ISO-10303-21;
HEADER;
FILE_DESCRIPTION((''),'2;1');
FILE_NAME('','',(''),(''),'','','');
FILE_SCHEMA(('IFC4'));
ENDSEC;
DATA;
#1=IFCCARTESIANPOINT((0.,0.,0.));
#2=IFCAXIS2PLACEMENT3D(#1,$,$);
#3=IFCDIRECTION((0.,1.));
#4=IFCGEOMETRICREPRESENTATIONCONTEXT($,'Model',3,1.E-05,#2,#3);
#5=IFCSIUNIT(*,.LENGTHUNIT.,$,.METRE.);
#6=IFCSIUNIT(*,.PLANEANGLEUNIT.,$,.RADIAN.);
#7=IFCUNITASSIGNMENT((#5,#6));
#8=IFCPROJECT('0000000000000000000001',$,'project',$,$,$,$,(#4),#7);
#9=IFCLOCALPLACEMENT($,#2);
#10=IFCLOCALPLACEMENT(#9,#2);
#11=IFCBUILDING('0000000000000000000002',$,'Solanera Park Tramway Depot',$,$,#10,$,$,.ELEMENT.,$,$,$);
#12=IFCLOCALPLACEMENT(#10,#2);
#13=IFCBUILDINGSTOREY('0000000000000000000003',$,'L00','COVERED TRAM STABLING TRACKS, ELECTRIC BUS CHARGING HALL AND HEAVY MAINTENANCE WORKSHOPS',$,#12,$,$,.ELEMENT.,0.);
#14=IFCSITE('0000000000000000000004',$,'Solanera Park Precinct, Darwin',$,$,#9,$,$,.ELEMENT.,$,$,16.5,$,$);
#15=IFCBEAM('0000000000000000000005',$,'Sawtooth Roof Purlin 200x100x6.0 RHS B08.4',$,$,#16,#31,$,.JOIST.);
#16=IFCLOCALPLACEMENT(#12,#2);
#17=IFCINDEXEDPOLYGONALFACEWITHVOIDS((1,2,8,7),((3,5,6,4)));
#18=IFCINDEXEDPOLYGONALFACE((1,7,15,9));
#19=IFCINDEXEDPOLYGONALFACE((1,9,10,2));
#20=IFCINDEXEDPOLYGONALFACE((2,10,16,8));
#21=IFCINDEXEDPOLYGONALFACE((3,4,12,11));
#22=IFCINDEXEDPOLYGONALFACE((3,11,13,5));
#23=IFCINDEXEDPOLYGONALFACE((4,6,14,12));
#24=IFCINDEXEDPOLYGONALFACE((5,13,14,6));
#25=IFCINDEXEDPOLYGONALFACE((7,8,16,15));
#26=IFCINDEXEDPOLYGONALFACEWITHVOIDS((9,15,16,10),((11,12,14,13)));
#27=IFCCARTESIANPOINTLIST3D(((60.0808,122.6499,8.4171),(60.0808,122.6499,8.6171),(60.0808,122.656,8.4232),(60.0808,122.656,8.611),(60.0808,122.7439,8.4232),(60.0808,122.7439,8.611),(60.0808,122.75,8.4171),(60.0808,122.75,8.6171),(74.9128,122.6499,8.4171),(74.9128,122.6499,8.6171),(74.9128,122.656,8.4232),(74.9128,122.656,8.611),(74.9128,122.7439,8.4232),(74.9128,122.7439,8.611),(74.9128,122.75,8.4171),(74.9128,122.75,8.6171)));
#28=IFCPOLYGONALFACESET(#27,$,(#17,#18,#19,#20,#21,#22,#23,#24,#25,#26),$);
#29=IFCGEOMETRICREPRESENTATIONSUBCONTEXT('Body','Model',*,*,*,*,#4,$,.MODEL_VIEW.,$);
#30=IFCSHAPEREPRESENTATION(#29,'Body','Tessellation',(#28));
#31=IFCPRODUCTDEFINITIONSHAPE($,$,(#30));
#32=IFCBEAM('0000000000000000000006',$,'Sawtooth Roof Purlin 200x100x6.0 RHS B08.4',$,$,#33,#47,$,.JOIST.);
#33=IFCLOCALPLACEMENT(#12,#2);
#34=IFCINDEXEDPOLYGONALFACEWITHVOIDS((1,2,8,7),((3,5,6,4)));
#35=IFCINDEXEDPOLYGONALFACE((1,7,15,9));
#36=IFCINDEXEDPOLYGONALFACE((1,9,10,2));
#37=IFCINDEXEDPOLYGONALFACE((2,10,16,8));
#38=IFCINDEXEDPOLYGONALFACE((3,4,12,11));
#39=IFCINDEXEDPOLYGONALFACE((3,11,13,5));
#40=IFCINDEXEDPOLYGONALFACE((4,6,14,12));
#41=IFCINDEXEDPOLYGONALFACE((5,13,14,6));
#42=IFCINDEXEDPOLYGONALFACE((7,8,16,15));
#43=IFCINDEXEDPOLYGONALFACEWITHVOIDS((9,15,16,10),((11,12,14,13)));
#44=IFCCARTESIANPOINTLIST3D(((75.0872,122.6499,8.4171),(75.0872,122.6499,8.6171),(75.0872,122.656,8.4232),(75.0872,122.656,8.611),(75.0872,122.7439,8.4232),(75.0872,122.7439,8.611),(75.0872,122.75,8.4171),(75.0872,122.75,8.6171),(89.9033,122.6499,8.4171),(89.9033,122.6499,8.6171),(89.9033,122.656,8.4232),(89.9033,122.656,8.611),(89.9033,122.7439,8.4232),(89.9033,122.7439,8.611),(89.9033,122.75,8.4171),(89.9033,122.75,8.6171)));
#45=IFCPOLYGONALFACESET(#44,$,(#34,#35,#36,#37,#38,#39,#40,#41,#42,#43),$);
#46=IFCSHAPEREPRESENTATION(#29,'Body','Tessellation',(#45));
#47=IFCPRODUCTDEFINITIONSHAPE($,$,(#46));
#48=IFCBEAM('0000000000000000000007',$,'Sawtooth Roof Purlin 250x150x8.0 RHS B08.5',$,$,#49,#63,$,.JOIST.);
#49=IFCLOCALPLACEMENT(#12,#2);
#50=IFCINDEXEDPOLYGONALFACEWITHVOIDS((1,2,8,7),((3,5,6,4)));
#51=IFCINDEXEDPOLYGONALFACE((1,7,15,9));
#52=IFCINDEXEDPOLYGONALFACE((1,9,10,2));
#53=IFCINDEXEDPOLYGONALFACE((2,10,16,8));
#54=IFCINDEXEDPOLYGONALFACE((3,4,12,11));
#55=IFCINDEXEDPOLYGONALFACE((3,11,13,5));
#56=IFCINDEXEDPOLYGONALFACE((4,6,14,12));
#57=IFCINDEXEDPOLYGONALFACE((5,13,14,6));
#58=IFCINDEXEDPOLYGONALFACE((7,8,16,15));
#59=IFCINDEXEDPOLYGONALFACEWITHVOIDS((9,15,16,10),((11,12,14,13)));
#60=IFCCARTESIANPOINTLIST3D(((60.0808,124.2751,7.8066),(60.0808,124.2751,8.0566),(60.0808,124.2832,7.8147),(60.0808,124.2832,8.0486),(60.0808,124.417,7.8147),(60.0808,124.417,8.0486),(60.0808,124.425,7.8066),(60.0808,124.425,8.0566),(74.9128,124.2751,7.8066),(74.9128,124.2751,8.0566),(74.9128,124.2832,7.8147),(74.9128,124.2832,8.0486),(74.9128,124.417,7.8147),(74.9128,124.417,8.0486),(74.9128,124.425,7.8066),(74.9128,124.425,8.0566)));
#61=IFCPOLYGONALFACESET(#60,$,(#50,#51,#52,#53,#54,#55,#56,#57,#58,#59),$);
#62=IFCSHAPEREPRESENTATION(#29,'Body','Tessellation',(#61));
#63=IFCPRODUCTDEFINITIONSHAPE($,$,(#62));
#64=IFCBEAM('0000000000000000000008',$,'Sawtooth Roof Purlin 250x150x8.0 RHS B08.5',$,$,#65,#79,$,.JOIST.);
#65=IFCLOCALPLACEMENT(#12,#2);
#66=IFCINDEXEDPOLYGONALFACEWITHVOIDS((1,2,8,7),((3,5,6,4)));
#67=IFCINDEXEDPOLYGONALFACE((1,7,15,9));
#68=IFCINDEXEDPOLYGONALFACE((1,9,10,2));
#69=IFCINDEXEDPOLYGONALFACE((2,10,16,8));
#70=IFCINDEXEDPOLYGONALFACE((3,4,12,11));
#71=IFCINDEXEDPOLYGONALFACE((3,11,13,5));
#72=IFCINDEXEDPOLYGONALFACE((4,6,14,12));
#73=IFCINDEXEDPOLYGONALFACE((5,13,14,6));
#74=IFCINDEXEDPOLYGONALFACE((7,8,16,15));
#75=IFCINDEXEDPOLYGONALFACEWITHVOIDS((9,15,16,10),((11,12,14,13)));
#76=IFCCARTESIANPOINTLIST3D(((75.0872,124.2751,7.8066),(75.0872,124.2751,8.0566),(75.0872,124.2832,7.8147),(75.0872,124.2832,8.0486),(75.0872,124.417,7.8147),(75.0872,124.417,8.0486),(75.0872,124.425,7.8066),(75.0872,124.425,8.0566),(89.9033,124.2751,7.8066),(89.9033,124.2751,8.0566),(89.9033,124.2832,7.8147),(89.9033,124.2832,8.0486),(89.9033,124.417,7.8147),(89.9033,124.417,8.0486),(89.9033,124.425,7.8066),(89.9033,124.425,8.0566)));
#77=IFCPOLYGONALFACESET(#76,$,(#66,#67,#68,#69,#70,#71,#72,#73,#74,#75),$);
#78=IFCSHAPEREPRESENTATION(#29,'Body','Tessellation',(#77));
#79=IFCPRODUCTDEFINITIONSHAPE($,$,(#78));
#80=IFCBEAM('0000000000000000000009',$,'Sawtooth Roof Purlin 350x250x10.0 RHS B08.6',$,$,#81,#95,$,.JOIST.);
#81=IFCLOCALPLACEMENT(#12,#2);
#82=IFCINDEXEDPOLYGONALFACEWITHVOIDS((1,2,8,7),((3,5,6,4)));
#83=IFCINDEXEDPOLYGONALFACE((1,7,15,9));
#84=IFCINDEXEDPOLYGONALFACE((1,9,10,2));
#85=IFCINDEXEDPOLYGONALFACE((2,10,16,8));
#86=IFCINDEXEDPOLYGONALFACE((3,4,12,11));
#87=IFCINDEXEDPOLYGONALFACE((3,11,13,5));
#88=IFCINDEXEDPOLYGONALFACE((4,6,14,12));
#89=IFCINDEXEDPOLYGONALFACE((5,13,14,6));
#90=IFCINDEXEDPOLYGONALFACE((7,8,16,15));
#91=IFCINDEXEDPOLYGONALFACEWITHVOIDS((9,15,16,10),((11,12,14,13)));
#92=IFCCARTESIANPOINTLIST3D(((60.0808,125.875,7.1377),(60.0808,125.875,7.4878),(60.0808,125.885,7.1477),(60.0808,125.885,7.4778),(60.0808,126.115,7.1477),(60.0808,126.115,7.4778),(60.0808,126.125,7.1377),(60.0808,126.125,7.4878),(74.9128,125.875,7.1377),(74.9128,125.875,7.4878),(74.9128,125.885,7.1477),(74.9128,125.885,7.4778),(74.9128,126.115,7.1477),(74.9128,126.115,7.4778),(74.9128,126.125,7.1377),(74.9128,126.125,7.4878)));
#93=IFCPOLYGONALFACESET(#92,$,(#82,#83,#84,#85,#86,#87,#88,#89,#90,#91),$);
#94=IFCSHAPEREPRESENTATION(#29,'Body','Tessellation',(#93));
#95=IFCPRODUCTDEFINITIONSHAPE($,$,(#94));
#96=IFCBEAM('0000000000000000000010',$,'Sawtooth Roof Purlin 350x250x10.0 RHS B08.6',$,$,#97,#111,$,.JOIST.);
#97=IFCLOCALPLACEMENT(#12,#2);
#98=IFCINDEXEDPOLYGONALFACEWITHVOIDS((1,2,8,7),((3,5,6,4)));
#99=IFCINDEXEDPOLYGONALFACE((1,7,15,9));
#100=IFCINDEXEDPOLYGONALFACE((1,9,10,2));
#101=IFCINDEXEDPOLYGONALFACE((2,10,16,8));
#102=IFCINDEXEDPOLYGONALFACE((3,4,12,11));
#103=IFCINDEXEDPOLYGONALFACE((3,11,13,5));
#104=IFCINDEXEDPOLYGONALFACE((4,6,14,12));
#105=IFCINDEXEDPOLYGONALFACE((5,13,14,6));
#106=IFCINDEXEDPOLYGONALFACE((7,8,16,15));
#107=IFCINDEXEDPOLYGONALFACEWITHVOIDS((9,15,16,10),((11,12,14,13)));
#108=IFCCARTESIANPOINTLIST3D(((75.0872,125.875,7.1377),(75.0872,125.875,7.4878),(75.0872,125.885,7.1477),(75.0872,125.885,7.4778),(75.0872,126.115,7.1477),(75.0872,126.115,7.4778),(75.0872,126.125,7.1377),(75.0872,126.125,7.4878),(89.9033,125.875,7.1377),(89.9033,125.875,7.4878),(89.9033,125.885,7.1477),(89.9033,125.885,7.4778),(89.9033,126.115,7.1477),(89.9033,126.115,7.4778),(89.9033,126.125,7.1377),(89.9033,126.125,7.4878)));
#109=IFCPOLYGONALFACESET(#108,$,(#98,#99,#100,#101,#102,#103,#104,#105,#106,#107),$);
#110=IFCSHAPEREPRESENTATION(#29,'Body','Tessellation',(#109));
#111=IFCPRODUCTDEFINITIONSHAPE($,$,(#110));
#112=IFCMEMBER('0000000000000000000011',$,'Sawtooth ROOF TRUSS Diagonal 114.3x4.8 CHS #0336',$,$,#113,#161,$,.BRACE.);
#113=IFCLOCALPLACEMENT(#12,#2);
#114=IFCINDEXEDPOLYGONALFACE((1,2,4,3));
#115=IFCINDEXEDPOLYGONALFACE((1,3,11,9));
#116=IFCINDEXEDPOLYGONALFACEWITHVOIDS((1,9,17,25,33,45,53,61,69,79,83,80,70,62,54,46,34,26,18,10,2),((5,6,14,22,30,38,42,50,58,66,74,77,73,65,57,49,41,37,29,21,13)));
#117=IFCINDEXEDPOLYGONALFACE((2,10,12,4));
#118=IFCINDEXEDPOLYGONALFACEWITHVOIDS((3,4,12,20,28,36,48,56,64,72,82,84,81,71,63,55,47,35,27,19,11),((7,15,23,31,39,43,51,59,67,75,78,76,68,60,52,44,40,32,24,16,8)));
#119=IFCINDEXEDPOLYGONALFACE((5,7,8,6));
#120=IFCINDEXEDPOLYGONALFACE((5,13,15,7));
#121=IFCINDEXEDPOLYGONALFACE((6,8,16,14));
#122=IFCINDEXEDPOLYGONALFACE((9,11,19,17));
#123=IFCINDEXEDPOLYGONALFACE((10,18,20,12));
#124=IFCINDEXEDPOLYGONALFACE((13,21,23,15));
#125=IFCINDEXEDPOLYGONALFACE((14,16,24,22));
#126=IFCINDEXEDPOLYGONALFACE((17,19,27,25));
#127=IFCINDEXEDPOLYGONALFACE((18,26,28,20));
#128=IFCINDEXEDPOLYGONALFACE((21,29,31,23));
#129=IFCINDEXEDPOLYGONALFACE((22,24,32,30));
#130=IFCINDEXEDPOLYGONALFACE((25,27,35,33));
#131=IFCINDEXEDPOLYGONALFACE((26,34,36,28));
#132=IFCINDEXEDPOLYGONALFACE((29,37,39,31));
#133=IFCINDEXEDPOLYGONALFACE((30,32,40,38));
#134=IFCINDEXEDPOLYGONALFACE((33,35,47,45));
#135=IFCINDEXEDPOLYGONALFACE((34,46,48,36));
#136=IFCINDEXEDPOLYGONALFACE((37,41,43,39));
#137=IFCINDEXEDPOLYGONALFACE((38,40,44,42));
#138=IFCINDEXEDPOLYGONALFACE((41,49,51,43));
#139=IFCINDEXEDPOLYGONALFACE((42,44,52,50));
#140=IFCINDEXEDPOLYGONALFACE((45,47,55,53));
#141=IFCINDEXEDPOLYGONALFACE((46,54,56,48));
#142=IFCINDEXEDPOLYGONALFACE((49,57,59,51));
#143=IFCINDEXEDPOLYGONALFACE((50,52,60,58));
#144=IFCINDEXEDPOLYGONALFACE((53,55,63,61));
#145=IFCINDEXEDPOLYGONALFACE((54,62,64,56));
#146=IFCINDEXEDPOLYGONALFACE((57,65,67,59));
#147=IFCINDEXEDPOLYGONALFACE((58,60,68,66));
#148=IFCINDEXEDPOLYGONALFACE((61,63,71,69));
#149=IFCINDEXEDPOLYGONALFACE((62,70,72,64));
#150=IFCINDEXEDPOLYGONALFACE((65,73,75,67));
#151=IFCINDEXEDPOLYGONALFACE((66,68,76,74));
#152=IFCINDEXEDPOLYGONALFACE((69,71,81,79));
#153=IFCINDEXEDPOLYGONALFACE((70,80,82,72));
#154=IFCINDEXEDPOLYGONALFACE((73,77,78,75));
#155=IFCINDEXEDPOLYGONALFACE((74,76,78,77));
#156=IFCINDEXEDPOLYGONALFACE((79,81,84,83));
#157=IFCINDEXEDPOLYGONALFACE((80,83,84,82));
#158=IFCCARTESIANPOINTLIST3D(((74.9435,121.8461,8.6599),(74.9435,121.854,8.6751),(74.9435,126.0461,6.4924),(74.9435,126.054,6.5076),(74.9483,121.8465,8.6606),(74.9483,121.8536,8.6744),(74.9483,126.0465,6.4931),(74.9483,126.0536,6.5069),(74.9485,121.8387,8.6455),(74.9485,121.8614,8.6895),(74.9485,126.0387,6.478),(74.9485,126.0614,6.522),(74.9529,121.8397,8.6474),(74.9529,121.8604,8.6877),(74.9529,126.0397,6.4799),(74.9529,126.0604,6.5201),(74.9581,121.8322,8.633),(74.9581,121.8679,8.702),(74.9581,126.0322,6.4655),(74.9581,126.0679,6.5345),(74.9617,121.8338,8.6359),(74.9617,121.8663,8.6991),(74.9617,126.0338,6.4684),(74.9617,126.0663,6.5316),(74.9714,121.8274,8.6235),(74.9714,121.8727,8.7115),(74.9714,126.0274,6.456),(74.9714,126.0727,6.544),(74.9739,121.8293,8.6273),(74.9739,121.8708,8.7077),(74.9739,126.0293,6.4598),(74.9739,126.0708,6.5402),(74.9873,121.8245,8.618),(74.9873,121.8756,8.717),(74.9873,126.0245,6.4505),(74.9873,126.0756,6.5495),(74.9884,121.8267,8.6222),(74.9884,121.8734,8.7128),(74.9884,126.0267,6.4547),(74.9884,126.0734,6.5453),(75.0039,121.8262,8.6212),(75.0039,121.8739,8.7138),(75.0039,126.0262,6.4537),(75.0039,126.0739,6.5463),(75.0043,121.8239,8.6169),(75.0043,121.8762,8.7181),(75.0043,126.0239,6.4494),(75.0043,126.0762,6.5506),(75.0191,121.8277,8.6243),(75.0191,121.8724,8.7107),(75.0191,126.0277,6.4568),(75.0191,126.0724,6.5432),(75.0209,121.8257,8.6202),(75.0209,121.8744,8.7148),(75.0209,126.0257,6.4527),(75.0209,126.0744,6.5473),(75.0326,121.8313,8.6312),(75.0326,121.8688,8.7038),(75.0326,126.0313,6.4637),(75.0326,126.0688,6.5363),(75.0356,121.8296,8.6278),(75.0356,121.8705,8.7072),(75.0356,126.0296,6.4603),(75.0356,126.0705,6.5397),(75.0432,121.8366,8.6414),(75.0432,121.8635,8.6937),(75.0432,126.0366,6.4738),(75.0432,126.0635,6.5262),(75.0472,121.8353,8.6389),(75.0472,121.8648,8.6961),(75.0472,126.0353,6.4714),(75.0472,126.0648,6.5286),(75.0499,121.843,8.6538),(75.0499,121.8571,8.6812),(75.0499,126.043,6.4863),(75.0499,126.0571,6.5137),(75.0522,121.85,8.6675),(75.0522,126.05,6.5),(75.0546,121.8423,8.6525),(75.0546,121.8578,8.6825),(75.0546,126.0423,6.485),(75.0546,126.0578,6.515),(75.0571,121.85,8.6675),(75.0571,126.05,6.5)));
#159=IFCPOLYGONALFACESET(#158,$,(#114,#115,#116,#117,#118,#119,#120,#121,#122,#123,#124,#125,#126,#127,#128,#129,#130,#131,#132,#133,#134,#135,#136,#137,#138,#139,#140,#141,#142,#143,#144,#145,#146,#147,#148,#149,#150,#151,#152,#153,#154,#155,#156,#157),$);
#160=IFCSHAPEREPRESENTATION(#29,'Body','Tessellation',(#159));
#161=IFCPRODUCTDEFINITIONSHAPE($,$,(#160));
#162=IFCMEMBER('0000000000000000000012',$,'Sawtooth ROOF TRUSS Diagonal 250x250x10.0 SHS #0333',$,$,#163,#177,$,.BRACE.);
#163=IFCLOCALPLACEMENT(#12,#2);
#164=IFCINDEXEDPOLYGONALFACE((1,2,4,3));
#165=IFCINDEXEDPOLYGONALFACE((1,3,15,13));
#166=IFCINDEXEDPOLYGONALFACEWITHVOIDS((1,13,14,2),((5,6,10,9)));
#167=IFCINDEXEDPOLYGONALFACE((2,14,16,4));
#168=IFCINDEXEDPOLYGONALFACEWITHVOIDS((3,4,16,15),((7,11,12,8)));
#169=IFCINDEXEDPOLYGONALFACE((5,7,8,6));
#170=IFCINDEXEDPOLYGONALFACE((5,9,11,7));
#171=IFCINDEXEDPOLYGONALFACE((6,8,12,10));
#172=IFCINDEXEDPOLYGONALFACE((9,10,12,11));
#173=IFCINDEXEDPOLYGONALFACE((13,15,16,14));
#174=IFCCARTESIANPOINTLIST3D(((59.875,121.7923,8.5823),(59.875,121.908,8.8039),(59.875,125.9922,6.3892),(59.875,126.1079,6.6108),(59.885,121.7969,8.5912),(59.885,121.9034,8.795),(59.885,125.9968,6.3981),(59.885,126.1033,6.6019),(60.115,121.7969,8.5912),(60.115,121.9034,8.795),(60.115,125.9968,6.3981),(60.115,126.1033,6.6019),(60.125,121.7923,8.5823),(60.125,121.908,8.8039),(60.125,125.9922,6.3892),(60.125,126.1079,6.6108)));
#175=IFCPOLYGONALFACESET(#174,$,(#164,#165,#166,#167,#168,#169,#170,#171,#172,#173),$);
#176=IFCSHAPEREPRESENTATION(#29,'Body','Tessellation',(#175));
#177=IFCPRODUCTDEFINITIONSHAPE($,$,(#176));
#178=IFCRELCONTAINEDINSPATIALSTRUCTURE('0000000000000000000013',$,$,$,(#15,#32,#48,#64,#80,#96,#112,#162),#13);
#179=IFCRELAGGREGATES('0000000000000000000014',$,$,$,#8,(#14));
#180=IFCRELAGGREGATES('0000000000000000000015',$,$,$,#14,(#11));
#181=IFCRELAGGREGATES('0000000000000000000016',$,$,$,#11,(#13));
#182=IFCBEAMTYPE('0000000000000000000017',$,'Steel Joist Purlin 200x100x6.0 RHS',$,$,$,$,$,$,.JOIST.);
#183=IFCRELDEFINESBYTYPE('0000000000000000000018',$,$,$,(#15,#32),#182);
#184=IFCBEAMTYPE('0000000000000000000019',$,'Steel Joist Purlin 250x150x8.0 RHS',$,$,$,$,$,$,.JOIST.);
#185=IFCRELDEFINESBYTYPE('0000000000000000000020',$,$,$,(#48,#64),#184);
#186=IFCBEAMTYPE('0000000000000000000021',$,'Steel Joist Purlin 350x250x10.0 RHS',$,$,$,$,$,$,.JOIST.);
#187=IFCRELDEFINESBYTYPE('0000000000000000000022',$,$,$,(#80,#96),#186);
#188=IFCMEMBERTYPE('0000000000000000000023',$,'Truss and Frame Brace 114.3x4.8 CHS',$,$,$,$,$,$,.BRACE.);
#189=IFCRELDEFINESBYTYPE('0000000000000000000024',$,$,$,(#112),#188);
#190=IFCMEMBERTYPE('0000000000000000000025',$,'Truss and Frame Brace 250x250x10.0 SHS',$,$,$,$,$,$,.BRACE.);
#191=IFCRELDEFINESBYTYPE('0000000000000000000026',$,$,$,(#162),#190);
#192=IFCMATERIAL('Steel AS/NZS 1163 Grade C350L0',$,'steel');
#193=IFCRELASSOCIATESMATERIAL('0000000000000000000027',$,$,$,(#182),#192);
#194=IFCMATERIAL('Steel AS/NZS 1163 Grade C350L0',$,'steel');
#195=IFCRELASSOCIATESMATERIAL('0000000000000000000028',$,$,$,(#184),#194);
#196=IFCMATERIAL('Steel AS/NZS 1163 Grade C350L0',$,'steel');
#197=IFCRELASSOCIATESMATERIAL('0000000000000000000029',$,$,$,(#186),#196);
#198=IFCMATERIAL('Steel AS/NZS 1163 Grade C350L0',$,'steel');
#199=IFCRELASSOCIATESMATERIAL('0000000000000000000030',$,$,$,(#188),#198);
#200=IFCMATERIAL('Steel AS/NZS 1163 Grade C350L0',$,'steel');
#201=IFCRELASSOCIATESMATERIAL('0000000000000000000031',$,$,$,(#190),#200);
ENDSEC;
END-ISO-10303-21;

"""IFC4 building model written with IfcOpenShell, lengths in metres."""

from ifc_helpers import new_model, si_unit, direction, frame, origin, origin_2d, place, context, subcontext, project, spatial, hollow_rectangle, hollow_circle, extrude, material, material_profile, profile_set, type_object, element, save


model = new_model("IFC4")

# Units and contexts
model_context = context("Model", 3, precision=1e-05, world=origin(), true_north=direction((0.0, 1.0)))
body_context = subcontext(model_context, "Body", "Model", "MODEL_VIEW")
ifc_project = project(units=[si_unit("LENGTHUNIT", "METRE"), si_unit("PLANEANGLEUNIT", "RADIAN")], contexts=[model_context])

# Site, building, storey
site_placement = place(None, origin())
site = spatial("IfcSite", under=ifc_project, at=site_placement, Name="Solanera Park Precinct, Darwin", CompositionType="ELEMENT", RefElevation=16.5)
building_placement = place(site_placement, origin())
building = spatial("IfcBuilding", under=site, at=building_placement, Name="Solanera Park Tramway Depot", CompositionType="ELEMENT")
storey_placement = place(building_placement, origin())
storey = spatial("IfcBuildingStorey", under=building, at=storey_placement, Name="L00", Description="COVERED TRAM STABLING TRACKS, ELECTRIC BUS CHARGING HALL AND HEAVY MAINTENANCE WORKSHOPS", CompositionType="ELEMENT", Elevation=0.0)

# Beams
ifc_material_1 = material(Name="Steel AS/NZS 1163 Grade C350L0", Category="steel")
ifc_material_profile_1 = material_profile(ifc_material_1, hollow_rectangle(XDim=0.1001, YDim=0.2, WallThickness=0.0061, at=origin_2d()), Name="200x100x6.0 RHS")
ifc_profile_set_1 = profile_set([ifc_material_profile_1], Name="Steel AS/NZS 1163 Grade C350L0")
beam_type_1 = type_object("IfcBeamType", Name="Steel Joist Purlin 200x100x6.0 RHS", PredefinedType="JOIST", material=ifc_profile_set_1)
beam_1_placement = place(storey_placement, frame((60.0808, 122.7, 8.5171), z_axis=(1.0, 0.0, 0.0), x_axis=(0.0, 1.0, 0.0)))
element("IfcBeam", 1, at=beam_1_placement, inside=storey, type_object=beam_type_1, Name="Sawtooth Roof Purlin 200x100x6.0 RHS B08.4", PredefinedType="JOIST", context=body_context, shape_type="SweptSolid", body=[
    extrude(hollow_rectangle(XDim=0.1001, YDim=0.2, WallThickness=0.0061, at=origin_2d()), origin(), (0.0, 0.0, 1.0), 14.832),
])
beam_2_placement = place(storey_placement, frame((75.0872, 122.7, 8.5171), z_axis=(1.0, 0.0, 0.0), x_axis=(0.0, 1.0, 0.0)))
element("IfcBeam", 2, at=beam_2_placement, inside=storey, type_object=beam_type_1, Name="Sawtooth Roof Purlin 200x100x6.0 RHS B08.4", PredefinedType="JOIST", context=body_context, shape_type="SweptSolid", body=[
    extrude(hollow_rectangle(XDim=0.1001, YDim=0.2, WallThickness=0.0061, at=origin_2d()), origin(), (0.0, 0.0, 1.0), 14.8162),
])
ifc_material_2 = material(Name="Steel AS/NZS 1163 Grade C350L0", Category="steel")
ifc_material_profile_2 = material_profile(ifc_material_2, hollow_rectangle(XDim=0.1499, YDim=0.25, WallThickness=0.0081, at=origin_2d()), Name="250x150x8.0 RHS")
ifc_profile_set_2 = profile_set([ifc_material_profile_2], Name="Steel AS/NZS 1163 Grade C350L0")
beam_type_2 = type_object("IfcBeamType", Name="Steel Joist Purlin 250x150x8.0 RHS", PredefinedType="JOIST", material=ifc_profile_set_2)
beam_3_placement = place(storey_placement, frame((60.0808, 124.3501, 7.9316), z_axis=(1.0, 0.0, 0.0), x_axis=(0.0, 1.0, 0.0)))
element("IfcBeam", 3, at=beam_3_placement, inside=storey, type_object=beam_type_2, Name="Sawtooth Roof Purlin 250x150x8.0 RHS B08.5", PredefinedType="JOIST", context=body_context, shape_type="SweptSolid", body=[
    extrude(hollow_rectangle(XDim=0.1499, YDim=0.25, WallThickness=0.0081, at=origin_2d()), origin(), (0.0, 0.0, 1.0), 14.832),
])
beam_4_placement = place(storey_placement, frame((75.0872, 124.3501, 7.9316), z_axis=(1.0, 0.0, 0.0), x_axis=(0.0, 1.0, 0.0)))
element("IfcBeam", 4, at=beam_4_placement, inside=storey, type_object=beam_type_2, Name="Sawtooth Roof Purlin 250x150x8.0 RHS B08.5", PredefinedType="JOIST", context=body_context, shape_type="SweptSolid", body=[
    extrude(hollow_rectangle(XDim=0.1499, YDim=0.25, WallThickness=0.0081, at=origin_2d()), origin(), (0.0, 0.0, 1.0), 14.8162),
])
ifc_material_3 = material(Name="Steel AS/NZS 1163 Grade C350L0", Category="steel")
ifc_material_profile_3 = material_profile(ifc_material_3, hollow_rectangle(XDim=0.25, YDim=0.3501, WallThickness=0.01, at=origin_2d()), Name="350x250x10.0 RHS")
ifc_profile_set_3 = profile_set([ifc_material_profile_3], Name="Steel AS/NZS 1163 Grade C350L0")
beam_type_3 = type_object("IfcBeamType", Name="Steel Joist Purlin 350x250x10.0 RHS", PredefinedType="JOIST", material=ifc_profile_set_3)
beam_5_placement = place(storey_placement, frame((60.0808, 126.0, 7.3127), z_axis=(1.0, 0.0, 0.0), x_axis=(0.0, 1.0, 0.0)))
element("IfcBeam", 5, at=beam_5_placement, inside=storey, type_object=beam_type_3, Name="Sawtooth Roof Purlin 350x250x10.0 RHS B08.6", PredefinedType="JOIST", context=body_context, shape_type="SweptSolid", body=[
    extrude(hollow_rectangle(XDim=0.25, YDim=0.3501, WallThickness=0.01, at=origin_2d()), origin(), (0.0, 0.0, 1.0), 14.832),
])
beam_6_placement = place(storey_placement, frame((75.0872, 126.0, 7.3127), z_axis=(1.0, 0.0, 0.0), x_axis=(0.0, 1.0, 0.0)))
element("IfcBeam", 6, at=beam_6_placement, inside=storey, type_object=beam_type_3, Name="Sawtooth Roof Purlin 350x250x10.0 RHS B08.6", PredefinedType="JOIST", context=body_context, shape_type="SweptSolid", body=[
    extrude(hollow_rectangle(XDim=0.25, YDim=0.3501, WallThickness=0.01, at=origin_2d()), origin(), (0.0, 0.0, 1.0), 14.8162),
])

# Members
ifc_material_4 = material(Name="Steel AS/NZS 1163 Grade C350L0", Category="steel")
ifc_material_profile_4 = material_profile(ifc_material_4, hollow_circle(Radius=0.0571, WallThickness=0.0049, at=origin_2d()), Name="114.3x4.8 CHS")
ifc_profile_set_4 = profile_set([ifc_material_profile_4], Name="Steel AS/NZS 1163 Grade C350L0")
member_type_1 = type_object("IfcMemberType", Name="Truss and Frame Brace 114.3x4.8 CHS", PredefinedType="BRACE", material=ifc_profile_set_4)
member_1_placement = place(storey_placement, frame((75.0, 126.05, 6.5), z_axis=(0.0, -0.888641, 0.458603), x_axis=(1.0, 0.0, 0.0)))
element("IfcMember", 7, at=member_1_placement, inside=storey, type_object=member_type_1, Name="Sawtooth ROOF TRUSS Diagonal 114.3x4.8 CHS #0336", PredefinedType="BRACE", context=body_context, shape_type="SweptSolid", body=[
    extrude(hollow_circle(Radius=0.0571, WallThickness=0.0049, at=origin_2d()), origin(), (0.0, 0.0, 1.0), 4.7263),
])
ifc_material_5 = material(Name="Steel AS/NZS 1163 Grade C350L0", Category="steel")
ifc_material_profile_5 = material_profile(ifc_material_5, hollow_rectangle(XDim=0.25, YDim=0.25, WallThickness=0.01, at=origin_2d()), Name="250x250x10.0 SHS")
ifc_profile_set_5 = profile_set([ifc_material_profile_5], Name="Steel AS/NZS 1163 Grade C350L0")
member_type_2 = type_object("IfcMemberType", Name="Truss and Frame Brace 250x250x10.0 SHS", PredefinedType="BRACE", material=ifc_profile_set_5)
member_2_placement = place(storey_placement, frame((60.0, 126.05, 6.5), z_axis=(0.0, -0.886426, 0.462871), x_axis=(1.0, 0.0, 0.0)))
element("IfcMember", 8, at=member_2_placement, inside=storey, type_object=member_type_2, Name="Sawtooth ROOF TRUSS Diagonal 250x250x10.0 SHS #0333", PredefinedType="BRACE", context=body_context, shape_type="SweptSolid", body=[
    extrude(hollow_rectangle(XDim=0.25, YDim=0.25, WallThickness=0.01, at=origin_2d()), origin(), (0.0, 0.0, 1.0), 4.738),
])

save(model, "model.ifc")
